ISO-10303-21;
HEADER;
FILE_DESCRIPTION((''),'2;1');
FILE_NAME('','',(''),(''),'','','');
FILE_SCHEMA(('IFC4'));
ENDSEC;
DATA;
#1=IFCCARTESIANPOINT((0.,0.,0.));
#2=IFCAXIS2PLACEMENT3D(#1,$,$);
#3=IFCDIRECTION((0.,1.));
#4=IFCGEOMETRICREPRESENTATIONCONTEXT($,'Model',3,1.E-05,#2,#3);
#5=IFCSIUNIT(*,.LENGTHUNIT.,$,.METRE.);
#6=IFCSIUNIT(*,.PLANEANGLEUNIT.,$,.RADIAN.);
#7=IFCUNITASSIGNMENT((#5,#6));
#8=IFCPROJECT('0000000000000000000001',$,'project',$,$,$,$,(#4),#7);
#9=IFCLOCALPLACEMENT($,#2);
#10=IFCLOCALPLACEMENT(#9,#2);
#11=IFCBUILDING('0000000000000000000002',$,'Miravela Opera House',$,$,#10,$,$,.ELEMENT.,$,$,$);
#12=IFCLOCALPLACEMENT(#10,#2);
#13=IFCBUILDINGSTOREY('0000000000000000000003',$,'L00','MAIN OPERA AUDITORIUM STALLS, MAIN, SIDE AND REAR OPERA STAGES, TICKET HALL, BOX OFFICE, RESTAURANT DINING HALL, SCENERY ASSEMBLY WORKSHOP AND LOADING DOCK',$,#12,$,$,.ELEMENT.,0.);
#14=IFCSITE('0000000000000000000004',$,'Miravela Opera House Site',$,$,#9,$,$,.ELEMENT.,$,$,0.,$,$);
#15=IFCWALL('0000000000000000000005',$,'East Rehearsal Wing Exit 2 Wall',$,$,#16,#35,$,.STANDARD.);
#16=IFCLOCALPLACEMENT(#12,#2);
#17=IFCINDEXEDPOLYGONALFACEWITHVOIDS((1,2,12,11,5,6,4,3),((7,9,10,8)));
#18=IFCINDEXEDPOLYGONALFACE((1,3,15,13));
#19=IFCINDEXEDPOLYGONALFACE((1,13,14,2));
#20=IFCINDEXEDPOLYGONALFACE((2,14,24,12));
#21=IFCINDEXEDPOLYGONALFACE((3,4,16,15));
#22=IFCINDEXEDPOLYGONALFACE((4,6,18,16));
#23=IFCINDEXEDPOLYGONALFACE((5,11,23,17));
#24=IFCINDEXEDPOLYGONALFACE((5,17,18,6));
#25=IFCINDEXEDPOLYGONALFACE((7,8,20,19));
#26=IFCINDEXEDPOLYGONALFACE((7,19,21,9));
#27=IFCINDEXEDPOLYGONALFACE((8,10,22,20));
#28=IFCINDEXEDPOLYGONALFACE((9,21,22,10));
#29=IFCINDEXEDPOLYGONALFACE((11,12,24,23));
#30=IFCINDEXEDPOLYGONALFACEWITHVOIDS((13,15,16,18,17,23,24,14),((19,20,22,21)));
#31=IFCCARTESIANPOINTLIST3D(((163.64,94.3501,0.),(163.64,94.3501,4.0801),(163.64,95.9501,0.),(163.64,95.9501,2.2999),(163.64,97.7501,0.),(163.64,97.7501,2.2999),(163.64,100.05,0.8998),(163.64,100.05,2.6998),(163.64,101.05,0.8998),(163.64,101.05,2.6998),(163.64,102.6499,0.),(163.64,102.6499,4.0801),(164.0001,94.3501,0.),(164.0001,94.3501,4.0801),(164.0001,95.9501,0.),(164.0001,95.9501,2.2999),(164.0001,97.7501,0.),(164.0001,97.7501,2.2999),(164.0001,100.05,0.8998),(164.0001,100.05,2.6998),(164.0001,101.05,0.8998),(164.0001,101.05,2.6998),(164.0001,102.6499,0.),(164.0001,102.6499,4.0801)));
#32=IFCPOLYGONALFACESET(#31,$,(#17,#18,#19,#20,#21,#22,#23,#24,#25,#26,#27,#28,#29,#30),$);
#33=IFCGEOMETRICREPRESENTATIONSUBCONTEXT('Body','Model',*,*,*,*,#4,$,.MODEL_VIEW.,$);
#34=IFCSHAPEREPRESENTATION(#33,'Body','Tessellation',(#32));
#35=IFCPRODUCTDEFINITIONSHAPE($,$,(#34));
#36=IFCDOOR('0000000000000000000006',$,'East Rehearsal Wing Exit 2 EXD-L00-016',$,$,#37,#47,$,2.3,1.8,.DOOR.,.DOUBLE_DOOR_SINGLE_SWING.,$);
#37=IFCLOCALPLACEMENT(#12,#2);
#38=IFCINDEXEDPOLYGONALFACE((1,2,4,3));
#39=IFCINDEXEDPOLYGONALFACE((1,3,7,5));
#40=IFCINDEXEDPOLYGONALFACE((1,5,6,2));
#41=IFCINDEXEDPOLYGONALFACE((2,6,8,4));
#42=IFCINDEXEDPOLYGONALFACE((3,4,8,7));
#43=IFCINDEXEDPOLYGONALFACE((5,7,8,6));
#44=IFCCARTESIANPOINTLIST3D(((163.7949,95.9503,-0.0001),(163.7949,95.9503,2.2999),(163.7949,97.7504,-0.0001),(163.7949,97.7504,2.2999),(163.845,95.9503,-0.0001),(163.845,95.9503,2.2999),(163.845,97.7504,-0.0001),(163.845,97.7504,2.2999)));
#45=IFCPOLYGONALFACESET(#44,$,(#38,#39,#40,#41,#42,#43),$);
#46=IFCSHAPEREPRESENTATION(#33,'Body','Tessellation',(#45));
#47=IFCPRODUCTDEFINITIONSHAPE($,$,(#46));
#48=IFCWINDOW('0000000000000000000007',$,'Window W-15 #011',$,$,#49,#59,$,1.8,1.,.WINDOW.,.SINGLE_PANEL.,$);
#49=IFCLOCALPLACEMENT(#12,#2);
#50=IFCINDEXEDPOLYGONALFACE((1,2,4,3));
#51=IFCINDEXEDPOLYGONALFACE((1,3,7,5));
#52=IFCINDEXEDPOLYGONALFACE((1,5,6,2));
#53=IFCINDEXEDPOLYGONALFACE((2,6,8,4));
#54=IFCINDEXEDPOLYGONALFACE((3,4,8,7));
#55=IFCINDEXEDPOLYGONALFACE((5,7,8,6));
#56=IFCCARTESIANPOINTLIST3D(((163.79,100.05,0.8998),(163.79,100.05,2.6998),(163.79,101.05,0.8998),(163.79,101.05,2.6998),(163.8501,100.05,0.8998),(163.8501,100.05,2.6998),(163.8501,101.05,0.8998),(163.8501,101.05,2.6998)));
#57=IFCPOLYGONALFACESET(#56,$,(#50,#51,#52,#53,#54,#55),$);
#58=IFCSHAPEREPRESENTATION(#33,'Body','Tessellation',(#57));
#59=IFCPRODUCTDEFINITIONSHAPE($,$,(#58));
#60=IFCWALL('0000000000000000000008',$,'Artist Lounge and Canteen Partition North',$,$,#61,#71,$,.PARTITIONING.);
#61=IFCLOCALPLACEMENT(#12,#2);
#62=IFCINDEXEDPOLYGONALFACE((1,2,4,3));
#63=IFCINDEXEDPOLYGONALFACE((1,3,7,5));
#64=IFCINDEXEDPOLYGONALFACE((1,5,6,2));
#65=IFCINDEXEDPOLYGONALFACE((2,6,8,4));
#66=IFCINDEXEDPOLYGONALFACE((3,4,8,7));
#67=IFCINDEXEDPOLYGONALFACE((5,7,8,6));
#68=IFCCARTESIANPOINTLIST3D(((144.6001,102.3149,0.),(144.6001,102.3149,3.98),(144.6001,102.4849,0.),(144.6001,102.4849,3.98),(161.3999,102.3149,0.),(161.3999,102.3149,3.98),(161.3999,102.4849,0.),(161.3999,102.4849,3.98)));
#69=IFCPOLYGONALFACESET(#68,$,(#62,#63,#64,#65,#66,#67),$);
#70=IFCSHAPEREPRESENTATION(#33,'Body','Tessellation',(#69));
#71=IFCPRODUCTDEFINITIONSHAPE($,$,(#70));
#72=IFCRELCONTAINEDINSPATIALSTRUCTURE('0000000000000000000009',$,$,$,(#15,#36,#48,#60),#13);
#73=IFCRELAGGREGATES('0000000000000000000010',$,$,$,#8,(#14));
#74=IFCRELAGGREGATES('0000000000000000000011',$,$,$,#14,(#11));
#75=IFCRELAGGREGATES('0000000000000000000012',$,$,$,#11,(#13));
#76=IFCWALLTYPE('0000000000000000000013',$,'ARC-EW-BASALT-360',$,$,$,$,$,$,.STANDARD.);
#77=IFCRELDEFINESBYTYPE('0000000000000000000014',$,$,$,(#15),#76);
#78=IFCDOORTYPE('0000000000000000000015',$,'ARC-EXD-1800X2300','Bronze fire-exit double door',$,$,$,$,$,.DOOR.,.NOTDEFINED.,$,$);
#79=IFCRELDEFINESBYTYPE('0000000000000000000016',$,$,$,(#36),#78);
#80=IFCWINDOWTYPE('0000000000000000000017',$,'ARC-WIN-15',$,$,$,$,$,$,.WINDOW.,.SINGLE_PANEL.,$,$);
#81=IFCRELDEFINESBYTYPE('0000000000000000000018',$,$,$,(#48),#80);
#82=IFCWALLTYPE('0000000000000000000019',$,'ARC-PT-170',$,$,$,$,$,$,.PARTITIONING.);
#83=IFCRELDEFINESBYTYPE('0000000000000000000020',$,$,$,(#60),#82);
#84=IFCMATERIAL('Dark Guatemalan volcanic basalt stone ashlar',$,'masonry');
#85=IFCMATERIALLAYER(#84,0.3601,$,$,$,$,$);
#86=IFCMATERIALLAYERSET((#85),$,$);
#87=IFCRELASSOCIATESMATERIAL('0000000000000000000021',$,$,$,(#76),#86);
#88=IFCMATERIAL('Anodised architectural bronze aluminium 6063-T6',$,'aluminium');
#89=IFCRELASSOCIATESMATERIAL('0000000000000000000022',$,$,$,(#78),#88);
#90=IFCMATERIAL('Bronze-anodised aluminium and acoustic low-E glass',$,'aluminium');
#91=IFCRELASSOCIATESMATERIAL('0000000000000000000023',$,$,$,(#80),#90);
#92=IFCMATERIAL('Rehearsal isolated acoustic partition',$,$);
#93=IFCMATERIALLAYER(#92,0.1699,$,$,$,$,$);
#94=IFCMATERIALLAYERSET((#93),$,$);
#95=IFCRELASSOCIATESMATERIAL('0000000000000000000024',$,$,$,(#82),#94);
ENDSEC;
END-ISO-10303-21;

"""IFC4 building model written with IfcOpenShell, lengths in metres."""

from ifc_helpers import new_model, si_unit, direction, frame, frame_2d, origin, place, context, subcontext, project, spatial, rectangle, extrude, material, layer, layer_set, type_object, element, fill, save


model = new_model("IFC4")

# Units and contexts
model_context = context("Model", 3, precision=1e-05, world=origin(), true_north=direction((0.0, 1.0)))
body_context = subcontext(model_context, "Body", "Model", "MODEL_VIEW")
ifc_project = project(units=[si_unit("LENGTHUNIT", "METRE"), si_unit("PLANEANGLEUNIT", "RADIAN")], contexts=[model_context])

# Site, building, storey
site_placement = place(None, origin())
site = spatial("IfcSite", under=ifc_project, at=site_placement, Name="Miravela Opera House Site", CompositionType="ELEMENT", RefElevation=0.0)
building_placement = place(site_placement, origin())
building = spatial("IfcBuilding", under=site, at=building_placement, Name="Miravela Opera House", CompositionType="ELEMENT")
storey_placement = place(building_placement, origin())
storey = spatial("IfcBuildingStorey", under=building, at=storey_placement, Name="L00", Description="MAIN OPERA AUDITORIUM STALLS, MAIN, SIDE AND REAR OPERA STAGES, TICKET HALL, BOX OFFICE, RESTAURANT DINING HALL, SCENERY ASSEMBLY WORKSHOP AND LOADING DOCK", CompositionType="ELEMENT", Elevation=0.0)

# Shared definitions
ifc_material_1 = material(Name="Anodised architectural bronze aluminium 6063-T6", Category="aluminium")

# Wall, openings, door, window
ifc_material_2 = material(Name="Dark Guatemalan volcanic basalt stone ashlar", Category="masonry")
ifc_layer_1 = layer(ifc_material_2, 0.3601)
ifc_layer_set_1 = layer_set([ifc_layer_1])
wall_type_1 = type_object("IfcWallType", Name="ARC-EW-BASALT-360", PredefinedType="STANDARD", material=ifc_layer_set_1)
wall_1_placement = place(storey_placement, frame((163.8201, 94.3501, 0.0), z_axis=(0.0, 0.0, 1.0), x_axis=(0.0, 1.0, 0.0)))
wall_1 = element("IfcWall", 1, at=wall_1_placement, inside=storey, type_object=wall_type_1, Name="East Rehearsal Wing Exit 2 Wall", PredefinedType="STANDARD", context=body_context, shape_type="SweptSolid", body=[
    extrude(rectangle(XDim=8.2998, YDim=0.3601, at=frame_2d((4.1499, 0.0))), origin(), (0.0, 0.0, 1.0), 4.0801),
])
opening_1_placement = place(wall_1_placement, frame((1.6001, 0.0, 0.0)))
opening_1 = element("IfcOpeningElement", 2, at=opening_1_placement, cuts=wall_1, PredefinedType="OPENING", context=body_context, shape_type="SweptSolid", body=[
    extrude(rectangle(XDim=1.8, YDim=2.3, at=frame_2d((0.8999, 1.1499))), frame((0.0, 0.1899, 0.0), z_axis=(0.0, -1.0, 0.0), x_axis=(1.0, 0.0, 0.0)), (0.0, 0.0, 1.0), 0.3801),
])
opening_2_placement = place(wall_1_placement, frame((5.7, 0.0, 0.8999)))
opening_2 = element("IfcOpeningElement", 3, at=opening_2_placement, cuts=wall_1, PredefinedType="OPENING", context=body_context, shape_type="SweptSolid", body=[
    extrude(rectangle(XDim=1.0, YDim=1.8, at=frame_2d((0.5, 0.8999))), frame((0.0, 0.1899, 0.0), z_axis=(0.0, -1.0, 0.0), x_axis=(1.0, 0.0, 0.0)), (0.0, 0.0, 1.0), 0.3801),
])
door_type_1 = type_object("IfcDoorType", Name="ARC-EXD-1800X2300", Description="Bronze fire-exit double door", OperationType="NOTDEFINED", PredefinedType="DOOR", material=ifc_material_1)
door_1_placement = place(opening_1_placement, frame((1.8, 0.0, 0.0), z_axis=(0.0, 0.0, 1.0), x_axis=(-1.0, 0.0, 0.0)))
door_1 = element("IfcDoor", 4, at=door_1_placement, inside=storey, type_object=door_type_1, Name="East Rehearsal Wing Exit 2 EXD-L00-016", OperationType="DOUBLE_DOOR_SINGLE_SWING", OverallHeight=2.3, OverallWidth=1.8, PredefinedType="DOOR", context=body_context, shape_type="SweptSolid", body=[
    extrude(rectangle(XDim=1.8, YDim=2.3, at=frame_2d((0.8999, 1.1499))), frame((0.0, 0.0249, 0.0), z_axis=(0.0, -1.0, 0.0), x_axis=(1.0, 0.0, 0.0)), (0.0, 0.0, 1.0), 0.05),
])
fill(opening_1, door_1)
ifc_material_3 = material(Name="Bronze-anodised aluminium and acoustic low-E glass", Category="aluminium")
window_type_1 = type_object("IfcWindowType", Name="ARC-WIN-15", PartitioningType="SINGLE_PANEL", PredefinedType="WINDOW", material=ifc_material_3)
window_1_placement = place(opening_2_placement, origin())
window_1 = element("IfcWindow", 5, at=window_1_placement, inside=storey, type_object=window_type_1, Name="Window W-15 #011", OverallHeight=1.8, OverallWidth=1.0, PartitioningType="SINGLE_PANEL", PredefinedType="WINDOW", context=body_context, shape_type="SweptSolid", body=[
    extrude(rectangle(XDim=1.0, YDim=1.8, at=frame_2d((0.5, 0.8999))), frame((0.0, 0.03, 0.0), z_axis=(0.0, -1.0, 0.0), x_axis=(1.0, 0.0, 0.0)), (0.0, 0.0, 1.0), 0.0601),
])
fill(opening_2, window_1)

# Wall
ifc_material_4 = material(Name="Rehearsal isolated acoustic partition")
ifc_layer_2 = layer(ifc_material_4, 0.1699)
ifc_layer_set_2 = layer_set([ifc_layer_2])
wall_type_2 = type_object("IfcWallType", Name="ARC-PT-170", PredefinedType="PARTITIONING", material=ifc_layer_set_2)
wall_2_placement = place(storey_placement, frame((144.6001, 102.3999, 0.0), z_axis=(0.0, 0.0, 1.0), x_axis=(1.0, 0.0, 0.0)))
element("IfcWall", 6, at=wall_2_placement, inside=storey, type_object=wall_type_2, Name="Artist Lounge and Canteen Partition North", PredefinedType="PARTITIONING", context=body_context, shape_type="SweptSolid", body=[
    extrude(rectangle(XDim=16.7998, YDim=0.1699, at=frame_2d((8.3999, 0.0))), origin(), (0.0, 0.0, 1.0), 3.98),
])

save(model, "model.ifc")
